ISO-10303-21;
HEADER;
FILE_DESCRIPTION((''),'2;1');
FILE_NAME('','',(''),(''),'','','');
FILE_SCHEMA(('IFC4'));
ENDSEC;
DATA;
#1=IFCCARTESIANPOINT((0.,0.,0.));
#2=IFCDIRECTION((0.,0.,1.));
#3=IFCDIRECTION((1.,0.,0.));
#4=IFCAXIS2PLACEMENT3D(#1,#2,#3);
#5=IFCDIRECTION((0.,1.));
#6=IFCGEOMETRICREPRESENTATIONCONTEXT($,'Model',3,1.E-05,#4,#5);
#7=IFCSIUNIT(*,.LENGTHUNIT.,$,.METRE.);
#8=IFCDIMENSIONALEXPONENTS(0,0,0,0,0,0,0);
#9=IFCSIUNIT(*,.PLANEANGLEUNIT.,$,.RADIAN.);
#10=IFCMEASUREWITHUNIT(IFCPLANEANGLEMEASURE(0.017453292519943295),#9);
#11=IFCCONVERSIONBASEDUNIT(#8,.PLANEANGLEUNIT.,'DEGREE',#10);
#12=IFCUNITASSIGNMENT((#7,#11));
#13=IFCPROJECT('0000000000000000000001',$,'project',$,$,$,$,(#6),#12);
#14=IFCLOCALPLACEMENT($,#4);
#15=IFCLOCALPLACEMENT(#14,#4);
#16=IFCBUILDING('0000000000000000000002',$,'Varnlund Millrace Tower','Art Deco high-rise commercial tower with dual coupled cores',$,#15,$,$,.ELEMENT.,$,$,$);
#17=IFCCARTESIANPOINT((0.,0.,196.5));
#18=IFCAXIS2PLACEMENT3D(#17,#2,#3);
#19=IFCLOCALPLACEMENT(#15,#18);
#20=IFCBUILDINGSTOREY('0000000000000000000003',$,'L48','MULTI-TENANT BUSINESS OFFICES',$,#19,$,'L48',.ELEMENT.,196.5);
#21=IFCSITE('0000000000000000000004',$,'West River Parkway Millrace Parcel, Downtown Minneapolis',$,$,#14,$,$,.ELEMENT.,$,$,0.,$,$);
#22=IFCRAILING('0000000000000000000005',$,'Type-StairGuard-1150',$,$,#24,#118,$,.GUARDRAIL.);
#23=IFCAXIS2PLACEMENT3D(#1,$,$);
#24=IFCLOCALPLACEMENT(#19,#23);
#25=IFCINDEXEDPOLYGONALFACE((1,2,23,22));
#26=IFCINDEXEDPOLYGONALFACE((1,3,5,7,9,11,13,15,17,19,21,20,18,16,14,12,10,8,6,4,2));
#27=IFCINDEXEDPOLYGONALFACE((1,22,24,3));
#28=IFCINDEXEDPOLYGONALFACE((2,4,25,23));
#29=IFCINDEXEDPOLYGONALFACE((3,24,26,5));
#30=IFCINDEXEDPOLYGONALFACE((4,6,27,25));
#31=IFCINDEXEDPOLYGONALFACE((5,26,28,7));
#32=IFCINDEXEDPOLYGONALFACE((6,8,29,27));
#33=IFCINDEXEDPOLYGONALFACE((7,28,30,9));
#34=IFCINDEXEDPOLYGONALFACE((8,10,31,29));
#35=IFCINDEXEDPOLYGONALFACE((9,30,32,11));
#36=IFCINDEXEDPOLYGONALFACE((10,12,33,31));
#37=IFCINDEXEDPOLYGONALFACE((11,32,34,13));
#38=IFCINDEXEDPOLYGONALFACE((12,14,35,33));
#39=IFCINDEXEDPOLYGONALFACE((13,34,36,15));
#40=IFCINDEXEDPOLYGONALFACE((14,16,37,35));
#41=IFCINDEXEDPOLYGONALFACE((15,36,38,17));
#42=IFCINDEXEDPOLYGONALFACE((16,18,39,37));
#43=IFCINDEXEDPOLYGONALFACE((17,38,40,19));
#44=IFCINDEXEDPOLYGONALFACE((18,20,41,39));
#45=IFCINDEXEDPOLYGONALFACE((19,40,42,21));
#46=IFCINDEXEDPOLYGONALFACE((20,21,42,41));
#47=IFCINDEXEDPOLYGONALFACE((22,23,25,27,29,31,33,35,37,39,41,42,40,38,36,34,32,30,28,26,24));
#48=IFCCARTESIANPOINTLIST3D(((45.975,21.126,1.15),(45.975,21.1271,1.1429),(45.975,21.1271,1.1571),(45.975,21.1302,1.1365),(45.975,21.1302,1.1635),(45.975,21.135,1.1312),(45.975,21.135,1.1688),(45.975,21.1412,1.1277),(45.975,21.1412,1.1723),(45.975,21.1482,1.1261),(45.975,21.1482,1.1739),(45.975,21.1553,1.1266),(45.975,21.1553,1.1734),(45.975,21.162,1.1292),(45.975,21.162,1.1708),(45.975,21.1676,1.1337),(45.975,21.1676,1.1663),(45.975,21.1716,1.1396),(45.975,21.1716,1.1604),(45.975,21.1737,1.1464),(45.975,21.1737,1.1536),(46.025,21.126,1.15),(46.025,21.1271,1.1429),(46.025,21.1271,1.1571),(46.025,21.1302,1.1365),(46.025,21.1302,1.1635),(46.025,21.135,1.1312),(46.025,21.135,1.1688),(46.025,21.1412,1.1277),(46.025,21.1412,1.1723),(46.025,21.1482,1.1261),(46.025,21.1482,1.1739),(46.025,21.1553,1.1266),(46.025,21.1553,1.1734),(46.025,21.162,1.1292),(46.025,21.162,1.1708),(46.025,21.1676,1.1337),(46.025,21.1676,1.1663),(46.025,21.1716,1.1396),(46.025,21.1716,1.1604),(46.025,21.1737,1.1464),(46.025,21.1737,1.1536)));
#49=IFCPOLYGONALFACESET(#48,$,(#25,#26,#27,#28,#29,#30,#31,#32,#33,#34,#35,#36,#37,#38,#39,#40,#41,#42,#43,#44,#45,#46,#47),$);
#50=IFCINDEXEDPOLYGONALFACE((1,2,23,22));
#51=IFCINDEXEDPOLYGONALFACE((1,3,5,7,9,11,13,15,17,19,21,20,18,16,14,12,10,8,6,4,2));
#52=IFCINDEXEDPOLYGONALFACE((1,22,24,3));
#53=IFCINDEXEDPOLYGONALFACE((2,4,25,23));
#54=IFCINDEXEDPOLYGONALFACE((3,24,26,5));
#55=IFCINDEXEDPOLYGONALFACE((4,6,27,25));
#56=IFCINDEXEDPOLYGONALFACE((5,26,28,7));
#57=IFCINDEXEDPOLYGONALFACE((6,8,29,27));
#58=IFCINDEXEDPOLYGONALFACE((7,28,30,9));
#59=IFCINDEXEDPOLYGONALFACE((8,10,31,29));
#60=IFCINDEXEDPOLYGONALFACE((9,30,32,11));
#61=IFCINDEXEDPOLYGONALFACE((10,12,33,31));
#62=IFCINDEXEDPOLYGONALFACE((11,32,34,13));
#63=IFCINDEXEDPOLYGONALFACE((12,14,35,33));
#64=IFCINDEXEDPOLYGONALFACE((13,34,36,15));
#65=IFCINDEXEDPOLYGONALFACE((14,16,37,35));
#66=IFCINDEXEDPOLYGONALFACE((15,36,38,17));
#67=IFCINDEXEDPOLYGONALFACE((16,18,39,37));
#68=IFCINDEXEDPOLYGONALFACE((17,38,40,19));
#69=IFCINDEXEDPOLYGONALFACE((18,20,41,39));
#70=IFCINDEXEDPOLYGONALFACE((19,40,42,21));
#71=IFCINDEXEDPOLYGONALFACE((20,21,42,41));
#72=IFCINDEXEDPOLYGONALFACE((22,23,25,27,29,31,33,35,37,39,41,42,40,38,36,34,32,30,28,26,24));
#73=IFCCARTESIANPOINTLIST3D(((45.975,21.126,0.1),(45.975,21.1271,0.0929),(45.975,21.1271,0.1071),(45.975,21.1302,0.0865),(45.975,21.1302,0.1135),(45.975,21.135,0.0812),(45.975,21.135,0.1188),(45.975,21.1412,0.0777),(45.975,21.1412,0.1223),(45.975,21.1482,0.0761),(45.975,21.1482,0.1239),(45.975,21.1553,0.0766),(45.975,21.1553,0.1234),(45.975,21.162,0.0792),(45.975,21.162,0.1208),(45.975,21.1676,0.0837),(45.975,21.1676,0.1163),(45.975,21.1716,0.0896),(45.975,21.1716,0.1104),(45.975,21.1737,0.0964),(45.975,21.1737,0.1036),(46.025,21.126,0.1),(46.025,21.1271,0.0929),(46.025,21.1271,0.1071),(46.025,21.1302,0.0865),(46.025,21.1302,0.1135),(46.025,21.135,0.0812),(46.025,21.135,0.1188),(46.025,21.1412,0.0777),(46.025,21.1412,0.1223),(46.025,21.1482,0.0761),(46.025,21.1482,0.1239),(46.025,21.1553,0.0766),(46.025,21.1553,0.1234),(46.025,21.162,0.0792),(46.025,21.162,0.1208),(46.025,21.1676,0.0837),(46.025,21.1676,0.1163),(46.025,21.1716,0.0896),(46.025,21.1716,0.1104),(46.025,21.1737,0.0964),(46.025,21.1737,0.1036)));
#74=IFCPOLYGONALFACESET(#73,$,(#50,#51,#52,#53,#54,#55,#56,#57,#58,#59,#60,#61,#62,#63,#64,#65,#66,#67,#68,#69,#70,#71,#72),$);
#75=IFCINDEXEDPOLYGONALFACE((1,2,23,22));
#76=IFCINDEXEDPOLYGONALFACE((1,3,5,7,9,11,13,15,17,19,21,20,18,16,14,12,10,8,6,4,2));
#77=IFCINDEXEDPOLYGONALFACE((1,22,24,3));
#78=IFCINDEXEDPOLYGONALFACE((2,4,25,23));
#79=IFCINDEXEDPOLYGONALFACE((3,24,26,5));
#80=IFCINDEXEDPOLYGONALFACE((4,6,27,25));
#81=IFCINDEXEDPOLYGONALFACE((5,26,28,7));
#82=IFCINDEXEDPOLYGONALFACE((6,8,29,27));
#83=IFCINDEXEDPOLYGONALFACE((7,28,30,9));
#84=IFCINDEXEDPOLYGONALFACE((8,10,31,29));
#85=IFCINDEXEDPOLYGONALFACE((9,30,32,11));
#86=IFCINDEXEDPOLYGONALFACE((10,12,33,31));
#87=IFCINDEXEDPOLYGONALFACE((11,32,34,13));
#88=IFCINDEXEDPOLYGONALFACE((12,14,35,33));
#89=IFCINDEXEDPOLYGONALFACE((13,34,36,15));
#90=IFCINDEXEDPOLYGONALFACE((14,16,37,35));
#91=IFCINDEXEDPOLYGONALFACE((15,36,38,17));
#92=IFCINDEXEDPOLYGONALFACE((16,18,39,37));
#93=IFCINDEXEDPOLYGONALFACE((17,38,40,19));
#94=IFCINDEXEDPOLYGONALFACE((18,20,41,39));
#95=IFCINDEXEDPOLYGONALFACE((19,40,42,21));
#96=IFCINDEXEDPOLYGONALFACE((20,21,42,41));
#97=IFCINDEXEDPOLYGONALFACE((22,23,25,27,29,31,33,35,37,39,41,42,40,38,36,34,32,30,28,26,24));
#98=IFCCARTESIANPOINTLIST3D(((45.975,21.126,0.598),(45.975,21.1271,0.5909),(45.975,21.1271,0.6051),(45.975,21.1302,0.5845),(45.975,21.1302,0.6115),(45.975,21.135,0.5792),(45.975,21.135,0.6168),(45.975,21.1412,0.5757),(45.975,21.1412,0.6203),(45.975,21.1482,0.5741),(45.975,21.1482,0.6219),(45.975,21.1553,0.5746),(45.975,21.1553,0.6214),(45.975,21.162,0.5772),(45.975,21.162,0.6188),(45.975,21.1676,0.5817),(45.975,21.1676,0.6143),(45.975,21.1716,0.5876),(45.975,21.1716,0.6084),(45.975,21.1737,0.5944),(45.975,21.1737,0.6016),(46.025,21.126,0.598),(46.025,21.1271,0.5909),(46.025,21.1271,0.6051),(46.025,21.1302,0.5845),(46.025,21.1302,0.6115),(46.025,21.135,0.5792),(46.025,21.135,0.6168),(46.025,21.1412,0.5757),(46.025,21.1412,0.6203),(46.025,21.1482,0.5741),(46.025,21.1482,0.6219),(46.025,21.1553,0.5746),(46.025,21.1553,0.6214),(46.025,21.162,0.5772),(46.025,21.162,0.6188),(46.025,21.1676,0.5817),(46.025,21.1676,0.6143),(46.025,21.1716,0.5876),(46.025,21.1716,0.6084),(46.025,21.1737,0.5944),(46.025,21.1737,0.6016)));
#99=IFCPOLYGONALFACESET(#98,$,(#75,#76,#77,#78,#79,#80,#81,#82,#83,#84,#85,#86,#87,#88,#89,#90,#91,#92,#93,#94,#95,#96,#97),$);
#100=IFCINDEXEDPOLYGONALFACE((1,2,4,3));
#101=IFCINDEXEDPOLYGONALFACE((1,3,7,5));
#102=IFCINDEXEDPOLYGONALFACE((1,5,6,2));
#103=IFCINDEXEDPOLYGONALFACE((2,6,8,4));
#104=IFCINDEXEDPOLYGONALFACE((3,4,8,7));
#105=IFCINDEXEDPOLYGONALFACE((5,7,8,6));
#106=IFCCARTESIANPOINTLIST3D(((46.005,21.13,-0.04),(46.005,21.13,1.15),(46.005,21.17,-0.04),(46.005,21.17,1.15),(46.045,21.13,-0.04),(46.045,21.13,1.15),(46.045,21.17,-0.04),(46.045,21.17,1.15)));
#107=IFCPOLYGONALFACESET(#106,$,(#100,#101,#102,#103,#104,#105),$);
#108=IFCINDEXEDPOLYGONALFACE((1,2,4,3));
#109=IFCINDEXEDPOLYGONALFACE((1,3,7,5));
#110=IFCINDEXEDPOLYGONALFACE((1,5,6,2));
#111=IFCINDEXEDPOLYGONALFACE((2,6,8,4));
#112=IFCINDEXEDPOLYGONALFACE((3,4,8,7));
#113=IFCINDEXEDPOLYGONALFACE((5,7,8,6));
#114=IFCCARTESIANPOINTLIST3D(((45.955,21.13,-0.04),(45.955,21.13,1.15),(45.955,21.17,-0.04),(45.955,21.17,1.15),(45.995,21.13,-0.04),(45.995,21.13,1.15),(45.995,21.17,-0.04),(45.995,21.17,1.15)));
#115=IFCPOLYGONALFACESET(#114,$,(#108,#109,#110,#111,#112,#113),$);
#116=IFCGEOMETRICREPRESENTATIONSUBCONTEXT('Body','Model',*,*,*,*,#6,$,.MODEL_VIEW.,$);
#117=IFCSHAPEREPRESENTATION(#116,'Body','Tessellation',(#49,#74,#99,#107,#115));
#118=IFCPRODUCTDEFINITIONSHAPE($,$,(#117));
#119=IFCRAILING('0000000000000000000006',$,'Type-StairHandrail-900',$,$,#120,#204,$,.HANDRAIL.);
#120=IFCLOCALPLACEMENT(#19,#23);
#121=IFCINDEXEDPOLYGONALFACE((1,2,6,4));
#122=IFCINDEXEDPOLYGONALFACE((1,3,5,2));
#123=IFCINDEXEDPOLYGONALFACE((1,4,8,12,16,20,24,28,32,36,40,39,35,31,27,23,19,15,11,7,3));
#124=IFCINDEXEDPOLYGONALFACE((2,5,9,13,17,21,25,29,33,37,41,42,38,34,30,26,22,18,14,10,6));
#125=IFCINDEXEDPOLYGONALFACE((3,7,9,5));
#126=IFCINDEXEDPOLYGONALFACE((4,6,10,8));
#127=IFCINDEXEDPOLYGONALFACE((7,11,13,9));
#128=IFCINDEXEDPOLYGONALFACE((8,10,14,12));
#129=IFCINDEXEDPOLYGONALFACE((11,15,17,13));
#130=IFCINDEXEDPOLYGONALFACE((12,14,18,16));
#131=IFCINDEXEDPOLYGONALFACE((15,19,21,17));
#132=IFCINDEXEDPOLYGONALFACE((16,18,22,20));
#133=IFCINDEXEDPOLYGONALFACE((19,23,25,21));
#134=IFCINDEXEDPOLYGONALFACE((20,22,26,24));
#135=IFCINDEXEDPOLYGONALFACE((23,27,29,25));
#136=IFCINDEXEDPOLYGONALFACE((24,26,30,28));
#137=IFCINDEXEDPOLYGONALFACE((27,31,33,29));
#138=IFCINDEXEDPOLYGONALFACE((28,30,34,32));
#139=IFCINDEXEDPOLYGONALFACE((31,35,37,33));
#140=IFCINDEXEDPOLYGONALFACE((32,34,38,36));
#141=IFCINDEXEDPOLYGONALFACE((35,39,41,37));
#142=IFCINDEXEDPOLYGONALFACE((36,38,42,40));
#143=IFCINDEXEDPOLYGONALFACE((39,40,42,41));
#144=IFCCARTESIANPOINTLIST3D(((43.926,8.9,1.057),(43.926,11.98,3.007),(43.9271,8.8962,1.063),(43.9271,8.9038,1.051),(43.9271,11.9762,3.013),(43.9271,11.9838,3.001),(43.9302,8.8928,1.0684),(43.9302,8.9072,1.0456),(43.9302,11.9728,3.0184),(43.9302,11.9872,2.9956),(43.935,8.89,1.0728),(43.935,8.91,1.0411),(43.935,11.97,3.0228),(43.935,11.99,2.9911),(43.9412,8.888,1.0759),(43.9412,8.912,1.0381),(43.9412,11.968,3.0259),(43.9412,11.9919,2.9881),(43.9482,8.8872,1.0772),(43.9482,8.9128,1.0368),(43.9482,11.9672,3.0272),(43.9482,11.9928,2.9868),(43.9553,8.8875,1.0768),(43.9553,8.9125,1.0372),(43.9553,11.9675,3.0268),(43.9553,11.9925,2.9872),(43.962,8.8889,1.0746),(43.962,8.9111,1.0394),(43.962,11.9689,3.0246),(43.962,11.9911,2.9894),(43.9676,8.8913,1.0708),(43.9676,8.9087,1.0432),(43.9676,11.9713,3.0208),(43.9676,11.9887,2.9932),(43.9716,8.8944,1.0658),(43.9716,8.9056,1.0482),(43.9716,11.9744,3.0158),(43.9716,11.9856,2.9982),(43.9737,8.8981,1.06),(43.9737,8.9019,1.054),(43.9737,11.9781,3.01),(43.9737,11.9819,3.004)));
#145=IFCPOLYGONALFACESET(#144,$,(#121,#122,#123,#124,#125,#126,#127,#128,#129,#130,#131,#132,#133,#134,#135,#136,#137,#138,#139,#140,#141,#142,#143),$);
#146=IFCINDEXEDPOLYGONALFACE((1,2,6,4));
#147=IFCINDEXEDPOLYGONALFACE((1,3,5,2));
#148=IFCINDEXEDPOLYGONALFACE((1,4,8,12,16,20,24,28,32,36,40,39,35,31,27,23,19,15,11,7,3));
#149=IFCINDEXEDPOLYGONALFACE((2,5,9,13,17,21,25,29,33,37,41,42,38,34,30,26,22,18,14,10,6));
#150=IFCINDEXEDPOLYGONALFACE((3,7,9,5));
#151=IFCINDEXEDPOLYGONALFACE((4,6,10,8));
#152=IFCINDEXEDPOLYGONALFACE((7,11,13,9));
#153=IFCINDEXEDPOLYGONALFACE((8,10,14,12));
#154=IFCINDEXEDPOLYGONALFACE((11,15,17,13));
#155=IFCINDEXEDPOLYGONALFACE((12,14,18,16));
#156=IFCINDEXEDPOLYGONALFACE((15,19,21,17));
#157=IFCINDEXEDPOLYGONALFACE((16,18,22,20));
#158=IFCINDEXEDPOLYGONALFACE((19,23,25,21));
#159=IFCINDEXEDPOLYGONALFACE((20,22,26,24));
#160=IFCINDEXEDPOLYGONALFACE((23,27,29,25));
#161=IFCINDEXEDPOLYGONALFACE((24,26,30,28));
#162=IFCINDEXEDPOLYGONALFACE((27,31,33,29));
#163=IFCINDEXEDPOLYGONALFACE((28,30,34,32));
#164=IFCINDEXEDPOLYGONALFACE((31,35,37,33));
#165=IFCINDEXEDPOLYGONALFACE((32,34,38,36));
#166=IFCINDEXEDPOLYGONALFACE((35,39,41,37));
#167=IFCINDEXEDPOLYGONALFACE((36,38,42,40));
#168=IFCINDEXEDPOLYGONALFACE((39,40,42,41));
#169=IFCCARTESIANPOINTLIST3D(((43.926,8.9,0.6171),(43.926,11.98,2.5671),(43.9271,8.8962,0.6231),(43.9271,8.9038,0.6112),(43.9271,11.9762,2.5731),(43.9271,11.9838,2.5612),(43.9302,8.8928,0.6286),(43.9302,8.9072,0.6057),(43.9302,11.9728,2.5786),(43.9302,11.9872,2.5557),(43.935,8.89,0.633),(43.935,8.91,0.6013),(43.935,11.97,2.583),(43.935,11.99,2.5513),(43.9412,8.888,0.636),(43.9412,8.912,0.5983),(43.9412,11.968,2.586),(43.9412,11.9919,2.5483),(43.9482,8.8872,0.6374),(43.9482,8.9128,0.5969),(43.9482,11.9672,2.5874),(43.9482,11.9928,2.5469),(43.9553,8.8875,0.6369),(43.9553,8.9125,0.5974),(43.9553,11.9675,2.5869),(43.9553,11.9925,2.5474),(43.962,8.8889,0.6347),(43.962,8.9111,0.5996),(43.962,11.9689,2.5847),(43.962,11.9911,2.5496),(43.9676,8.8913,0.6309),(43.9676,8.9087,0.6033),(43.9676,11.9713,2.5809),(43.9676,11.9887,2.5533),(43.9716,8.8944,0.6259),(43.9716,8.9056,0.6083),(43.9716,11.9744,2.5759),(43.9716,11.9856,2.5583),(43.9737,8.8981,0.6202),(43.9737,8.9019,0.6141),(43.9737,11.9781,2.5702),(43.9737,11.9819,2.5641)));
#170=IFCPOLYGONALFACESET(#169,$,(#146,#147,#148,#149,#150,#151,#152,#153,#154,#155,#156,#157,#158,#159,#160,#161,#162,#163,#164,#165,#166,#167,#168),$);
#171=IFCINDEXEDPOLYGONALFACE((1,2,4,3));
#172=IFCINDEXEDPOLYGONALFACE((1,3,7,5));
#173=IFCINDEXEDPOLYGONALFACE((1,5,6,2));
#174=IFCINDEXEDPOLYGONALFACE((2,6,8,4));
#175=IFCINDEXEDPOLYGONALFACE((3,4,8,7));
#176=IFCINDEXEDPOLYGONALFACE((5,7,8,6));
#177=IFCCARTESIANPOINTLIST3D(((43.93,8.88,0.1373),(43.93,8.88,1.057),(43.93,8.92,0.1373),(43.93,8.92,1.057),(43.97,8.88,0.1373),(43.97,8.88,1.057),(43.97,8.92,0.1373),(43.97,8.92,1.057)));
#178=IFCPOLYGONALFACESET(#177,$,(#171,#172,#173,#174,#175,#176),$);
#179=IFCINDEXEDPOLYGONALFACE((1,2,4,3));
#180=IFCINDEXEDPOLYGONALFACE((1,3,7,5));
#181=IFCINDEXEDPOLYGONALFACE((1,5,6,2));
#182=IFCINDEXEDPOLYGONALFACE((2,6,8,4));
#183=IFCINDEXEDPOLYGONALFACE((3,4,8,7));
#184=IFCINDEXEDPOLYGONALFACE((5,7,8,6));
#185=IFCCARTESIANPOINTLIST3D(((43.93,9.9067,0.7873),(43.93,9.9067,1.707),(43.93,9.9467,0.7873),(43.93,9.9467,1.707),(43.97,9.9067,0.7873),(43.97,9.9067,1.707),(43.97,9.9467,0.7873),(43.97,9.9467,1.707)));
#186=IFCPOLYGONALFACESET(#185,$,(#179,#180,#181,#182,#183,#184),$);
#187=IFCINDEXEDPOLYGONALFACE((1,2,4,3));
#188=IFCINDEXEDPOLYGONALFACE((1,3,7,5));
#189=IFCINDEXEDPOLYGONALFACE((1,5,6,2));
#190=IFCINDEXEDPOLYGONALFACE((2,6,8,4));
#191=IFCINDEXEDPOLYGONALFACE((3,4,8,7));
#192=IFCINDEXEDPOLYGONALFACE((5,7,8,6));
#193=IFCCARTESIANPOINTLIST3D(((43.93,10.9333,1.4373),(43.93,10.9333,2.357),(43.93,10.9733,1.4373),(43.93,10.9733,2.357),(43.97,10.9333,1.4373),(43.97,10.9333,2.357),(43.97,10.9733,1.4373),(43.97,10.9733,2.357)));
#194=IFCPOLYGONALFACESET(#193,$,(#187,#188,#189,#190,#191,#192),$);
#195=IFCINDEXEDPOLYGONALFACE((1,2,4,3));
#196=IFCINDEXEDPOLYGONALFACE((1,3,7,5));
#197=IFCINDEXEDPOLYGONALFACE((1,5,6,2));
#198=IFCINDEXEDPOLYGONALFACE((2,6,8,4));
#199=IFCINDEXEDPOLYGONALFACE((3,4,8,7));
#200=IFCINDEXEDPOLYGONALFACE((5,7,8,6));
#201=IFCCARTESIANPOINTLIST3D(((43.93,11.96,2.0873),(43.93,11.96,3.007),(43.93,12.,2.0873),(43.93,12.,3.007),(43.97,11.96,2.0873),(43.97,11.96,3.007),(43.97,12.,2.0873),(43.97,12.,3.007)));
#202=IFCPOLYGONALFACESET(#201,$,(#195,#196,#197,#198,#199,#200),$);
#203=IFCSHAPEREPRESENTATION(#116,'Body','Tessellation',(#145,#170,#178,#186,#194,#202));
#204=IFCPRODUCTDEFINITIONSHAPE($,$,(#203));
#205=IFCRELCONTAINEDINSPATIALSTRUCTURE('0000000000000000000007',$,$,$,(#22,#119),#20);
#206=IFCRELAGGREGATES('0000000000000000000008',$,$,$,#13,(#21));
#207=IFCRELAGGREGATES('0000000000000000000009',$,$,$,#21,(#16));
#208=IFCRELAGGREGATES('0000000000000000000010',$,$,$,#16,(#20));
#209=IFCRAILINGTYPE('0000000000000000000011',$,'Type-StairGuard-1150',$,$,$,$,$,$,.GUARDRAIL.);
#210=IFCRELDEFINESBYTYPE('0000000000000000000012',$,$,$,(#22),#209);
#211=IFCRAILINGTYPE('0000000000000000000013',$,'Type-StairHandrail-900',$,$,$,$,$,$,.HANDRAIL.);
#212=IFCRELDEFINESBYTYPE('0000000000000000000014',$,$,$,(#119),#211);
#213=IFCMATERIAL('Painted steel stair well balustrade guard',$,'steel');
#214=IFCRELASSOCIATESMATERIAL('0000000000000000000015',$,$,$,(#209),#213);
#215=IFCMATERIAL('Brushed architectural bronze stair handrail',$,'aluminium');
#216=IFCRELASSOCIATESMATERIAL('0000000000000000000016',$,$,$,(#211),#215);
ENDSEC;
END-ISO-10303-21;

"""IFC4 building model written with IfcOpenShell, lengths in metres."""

from ifc_helpers import new_model, entity, si_unit, converted_unit, direction, frame, origin_with_axes, origin_2d_with_axis, place, context, subcontext, project, spatial, rectangle, circle, extrude, material, type_object, element, save


model = new_model("IFC4")

# Units and contexts
model_context = context("Model", 3, precision=1e-05, world=origin_with_axes(), true_north=direction((0.0, 1.0)))
body_context = subcontext(model_context, "Body", "Model", "MODEL_VIEW")
ifc_project = project(units=[si_unit("LENGTHUNIT", "METRE"), converted_unit("PLANEANGLEUNIT", "DEGREE", entity("IfcPlaneAngleMeasure", 0.017453292519943295), si_unit("PLANEANGLEUNIT", "RADIAN"), dimensions=[0, 0, 0, 0, 0, 0, 0])], contexts=[model_context])

# Site, building, storey
site_placement = place(None, origin_with_axes())
site = spatial("IfcSite", under=ifc_project, at=site_placement, Name="West River Parkway Millrace Parcel, Downtown Minneapolis", CompositionType="ELEMENT", RefElevation=0.0)
building_placement = place(site_placement, origin_with_axes())
building = spatial("IfcBuilding", under=site, at=building_placement, Name="Varnlund Millrace Tower", Description="Art Deco high-rise commercial tower with dual coupled cores", CompositionType="ELEMENT")
storey_placement = place(building_placement, frame((0.0, 0.0, 196.5), z_axis=(0.0, 0.0, 1.0), x_axis=(1.0, 0.0, 0.0)))
storey = spatial("IfcBuildingStorey", under=building, at=storey_placement, Name="L48", Description="MULTI-TENANT BUSINESS OFFICES", LongName="L48", CompositionType="ELEMENT", Elevation=196.5)

# Railings
ifc_material_1 = material(Name="Painted steel stair well balustrade guard", Category="steel")
railing_type_1 = type_object("IfcRailingType", Name="Type-StairGuard-1150", PredefinedType="GUARDRAIL", material=ifc_material_1)
railing_1_placement = place(storey_placement, frame((0.0, 0.0, -196.5), z_axis=(0.0, 0.0, 1.0), x_axis=(1.0, 0.0, 0.0)))
element("IfcRailing", 1, at=railing_1_placement, inside=storey, type_object=railing_type_1, Name="Type-StairGuard-1150", PredefinedType="GUARDRAIL", context=body_context, shape_type="SweptSolid", body=[
    extrude(circle(Radius=0.024, at=origin_2d_with_axis()), frame((46.025, 21.15, 197.65), z_axis=(-1.0, 0.0, 0.0), x_axis=(0.0, -1.0, 0.0)), (0.0, 0.0, 1.0), 0.05),
    extrude(circle(Radius=0.024, at=origin_2d_with_axis()), frame((46.025, 21.15, 196.6), z_axis=(-1.0, 0.0, 0.0), x_axis=(0.0, -1.0, 0.0)), (0.0, 0.0, 1.0), 0.05),
    extrude(circle(Radius=0.024, at=origin_2d_with_axis()), frame((46.025, 21.15, 197.098), z_axis=(-1.0, 0.0, 0.0), x_axis=(0.0, -1.0, 0.0)), (0.0, 0.0, 1.0), 0.05),
    extrude(rectangle(XDim=0.04, YDim=0.04, at=origin_2d_with_axis()), frame((46.025, 21.15, 196.46), z_axis=(0.0, 0.0, 1.0), x_axis=(1.0, 0.0, 0.0)), (0.0, 0.0, 1.0), 1.19),
    extrude(rectangle(XDim=0.04, YDim=0.04, at=origin_2d_with_axis()), frame((45.975, 21.15, 196.46), z_axis=(0.0, 0.0, 1.0), x_axis=(1.0, 0.0, 0.0)), (0.0, 0.0, 1.0), 1.19),
])
ifc_material_2 = material(Name="Brushed architectural bronze stair handrail", Category="aluminium")
railing_type_2 = type_object("IfcRailingType", Name="Type-StairHandrail-900", PredefinedType="HANDRAIL", material=ifc_material_2)
railing_2_placement = place(storey_placement, frame((0.0, 0.0, -196.5), z_axis=(0.0, 0.0, 1.0), x_axis=(1.0, 0.0, 0.0)))
element("IfcRailing", 2, at=railing_2_placement, inside=storey, type_object=railing_type_2, Name="Type-StairHandrail-900", PredefinedType="HANDRAIL", context=body_context, shape_type="SweptSolid", body=[
    extrude(circle(Radius=0.024, at=origin_2d_with_axis()), frame((43.95, 8.9, 197.557), z_axis=(0.0, 0.844902, 0.534922), x_axis=(-1.0, 0.0, 0.0)), (0.0, 0.0, 1.0), 3.6454),
    extrude(circle(Radius=0.024, at=origin_2d_with_axis()), frame((43.95, 8.9, 197.1171), z_axis=(0.0, 0.844902, 0.534922), x_axis=(-1.0, 0.0, 0.0)), (0.0, 0.0, 1.0), 3.6454),
    extrude(rectangle(XDim=0.04, YDim=0.04, at=origin_2d_with_axis()), frame((43.95, 8.9, 196.6373), z_axis=(0.0, 0.0, 1.0), x_axis=(1.0, 0.0, 0.0)), (0.0, 0.0, 1.0), 0.9197),
    extrude(rectangle(XDim=0.04, YDim=0.04, at=origin_2d_with_axis()), frame((43.95, 9.9267, 197.2873), z_axis=(0.0, 0.0, 1.0), x_axis=(1.0, 0.0, 0.0)), (0.0, 0.0, 1.0), 0.9197),
    extrude(rectangle(XDim=0.04, YDim=0.04, at=origin_2d_with_axis()), frame((43.95, 10.9533, 197.9373), z_axis=(0.0, 0.0, 1.0), x_axis=(1.0, 0.0, 0.0)), (0.0, 0.0, 1.0), 0.9197),
    extrude(rectangle(XDim=0.04, YDim=0.04, at=origin_2d_with_axis()), frame((43.95, 11.98, 198.5873), z_axis=(0.0, 0.0, 1.0), x_axis=(1.0, 0.0, 0.0)), (0.0, 0.0, 1.0), 0.9197),
])

save(model, "model.ifc")
